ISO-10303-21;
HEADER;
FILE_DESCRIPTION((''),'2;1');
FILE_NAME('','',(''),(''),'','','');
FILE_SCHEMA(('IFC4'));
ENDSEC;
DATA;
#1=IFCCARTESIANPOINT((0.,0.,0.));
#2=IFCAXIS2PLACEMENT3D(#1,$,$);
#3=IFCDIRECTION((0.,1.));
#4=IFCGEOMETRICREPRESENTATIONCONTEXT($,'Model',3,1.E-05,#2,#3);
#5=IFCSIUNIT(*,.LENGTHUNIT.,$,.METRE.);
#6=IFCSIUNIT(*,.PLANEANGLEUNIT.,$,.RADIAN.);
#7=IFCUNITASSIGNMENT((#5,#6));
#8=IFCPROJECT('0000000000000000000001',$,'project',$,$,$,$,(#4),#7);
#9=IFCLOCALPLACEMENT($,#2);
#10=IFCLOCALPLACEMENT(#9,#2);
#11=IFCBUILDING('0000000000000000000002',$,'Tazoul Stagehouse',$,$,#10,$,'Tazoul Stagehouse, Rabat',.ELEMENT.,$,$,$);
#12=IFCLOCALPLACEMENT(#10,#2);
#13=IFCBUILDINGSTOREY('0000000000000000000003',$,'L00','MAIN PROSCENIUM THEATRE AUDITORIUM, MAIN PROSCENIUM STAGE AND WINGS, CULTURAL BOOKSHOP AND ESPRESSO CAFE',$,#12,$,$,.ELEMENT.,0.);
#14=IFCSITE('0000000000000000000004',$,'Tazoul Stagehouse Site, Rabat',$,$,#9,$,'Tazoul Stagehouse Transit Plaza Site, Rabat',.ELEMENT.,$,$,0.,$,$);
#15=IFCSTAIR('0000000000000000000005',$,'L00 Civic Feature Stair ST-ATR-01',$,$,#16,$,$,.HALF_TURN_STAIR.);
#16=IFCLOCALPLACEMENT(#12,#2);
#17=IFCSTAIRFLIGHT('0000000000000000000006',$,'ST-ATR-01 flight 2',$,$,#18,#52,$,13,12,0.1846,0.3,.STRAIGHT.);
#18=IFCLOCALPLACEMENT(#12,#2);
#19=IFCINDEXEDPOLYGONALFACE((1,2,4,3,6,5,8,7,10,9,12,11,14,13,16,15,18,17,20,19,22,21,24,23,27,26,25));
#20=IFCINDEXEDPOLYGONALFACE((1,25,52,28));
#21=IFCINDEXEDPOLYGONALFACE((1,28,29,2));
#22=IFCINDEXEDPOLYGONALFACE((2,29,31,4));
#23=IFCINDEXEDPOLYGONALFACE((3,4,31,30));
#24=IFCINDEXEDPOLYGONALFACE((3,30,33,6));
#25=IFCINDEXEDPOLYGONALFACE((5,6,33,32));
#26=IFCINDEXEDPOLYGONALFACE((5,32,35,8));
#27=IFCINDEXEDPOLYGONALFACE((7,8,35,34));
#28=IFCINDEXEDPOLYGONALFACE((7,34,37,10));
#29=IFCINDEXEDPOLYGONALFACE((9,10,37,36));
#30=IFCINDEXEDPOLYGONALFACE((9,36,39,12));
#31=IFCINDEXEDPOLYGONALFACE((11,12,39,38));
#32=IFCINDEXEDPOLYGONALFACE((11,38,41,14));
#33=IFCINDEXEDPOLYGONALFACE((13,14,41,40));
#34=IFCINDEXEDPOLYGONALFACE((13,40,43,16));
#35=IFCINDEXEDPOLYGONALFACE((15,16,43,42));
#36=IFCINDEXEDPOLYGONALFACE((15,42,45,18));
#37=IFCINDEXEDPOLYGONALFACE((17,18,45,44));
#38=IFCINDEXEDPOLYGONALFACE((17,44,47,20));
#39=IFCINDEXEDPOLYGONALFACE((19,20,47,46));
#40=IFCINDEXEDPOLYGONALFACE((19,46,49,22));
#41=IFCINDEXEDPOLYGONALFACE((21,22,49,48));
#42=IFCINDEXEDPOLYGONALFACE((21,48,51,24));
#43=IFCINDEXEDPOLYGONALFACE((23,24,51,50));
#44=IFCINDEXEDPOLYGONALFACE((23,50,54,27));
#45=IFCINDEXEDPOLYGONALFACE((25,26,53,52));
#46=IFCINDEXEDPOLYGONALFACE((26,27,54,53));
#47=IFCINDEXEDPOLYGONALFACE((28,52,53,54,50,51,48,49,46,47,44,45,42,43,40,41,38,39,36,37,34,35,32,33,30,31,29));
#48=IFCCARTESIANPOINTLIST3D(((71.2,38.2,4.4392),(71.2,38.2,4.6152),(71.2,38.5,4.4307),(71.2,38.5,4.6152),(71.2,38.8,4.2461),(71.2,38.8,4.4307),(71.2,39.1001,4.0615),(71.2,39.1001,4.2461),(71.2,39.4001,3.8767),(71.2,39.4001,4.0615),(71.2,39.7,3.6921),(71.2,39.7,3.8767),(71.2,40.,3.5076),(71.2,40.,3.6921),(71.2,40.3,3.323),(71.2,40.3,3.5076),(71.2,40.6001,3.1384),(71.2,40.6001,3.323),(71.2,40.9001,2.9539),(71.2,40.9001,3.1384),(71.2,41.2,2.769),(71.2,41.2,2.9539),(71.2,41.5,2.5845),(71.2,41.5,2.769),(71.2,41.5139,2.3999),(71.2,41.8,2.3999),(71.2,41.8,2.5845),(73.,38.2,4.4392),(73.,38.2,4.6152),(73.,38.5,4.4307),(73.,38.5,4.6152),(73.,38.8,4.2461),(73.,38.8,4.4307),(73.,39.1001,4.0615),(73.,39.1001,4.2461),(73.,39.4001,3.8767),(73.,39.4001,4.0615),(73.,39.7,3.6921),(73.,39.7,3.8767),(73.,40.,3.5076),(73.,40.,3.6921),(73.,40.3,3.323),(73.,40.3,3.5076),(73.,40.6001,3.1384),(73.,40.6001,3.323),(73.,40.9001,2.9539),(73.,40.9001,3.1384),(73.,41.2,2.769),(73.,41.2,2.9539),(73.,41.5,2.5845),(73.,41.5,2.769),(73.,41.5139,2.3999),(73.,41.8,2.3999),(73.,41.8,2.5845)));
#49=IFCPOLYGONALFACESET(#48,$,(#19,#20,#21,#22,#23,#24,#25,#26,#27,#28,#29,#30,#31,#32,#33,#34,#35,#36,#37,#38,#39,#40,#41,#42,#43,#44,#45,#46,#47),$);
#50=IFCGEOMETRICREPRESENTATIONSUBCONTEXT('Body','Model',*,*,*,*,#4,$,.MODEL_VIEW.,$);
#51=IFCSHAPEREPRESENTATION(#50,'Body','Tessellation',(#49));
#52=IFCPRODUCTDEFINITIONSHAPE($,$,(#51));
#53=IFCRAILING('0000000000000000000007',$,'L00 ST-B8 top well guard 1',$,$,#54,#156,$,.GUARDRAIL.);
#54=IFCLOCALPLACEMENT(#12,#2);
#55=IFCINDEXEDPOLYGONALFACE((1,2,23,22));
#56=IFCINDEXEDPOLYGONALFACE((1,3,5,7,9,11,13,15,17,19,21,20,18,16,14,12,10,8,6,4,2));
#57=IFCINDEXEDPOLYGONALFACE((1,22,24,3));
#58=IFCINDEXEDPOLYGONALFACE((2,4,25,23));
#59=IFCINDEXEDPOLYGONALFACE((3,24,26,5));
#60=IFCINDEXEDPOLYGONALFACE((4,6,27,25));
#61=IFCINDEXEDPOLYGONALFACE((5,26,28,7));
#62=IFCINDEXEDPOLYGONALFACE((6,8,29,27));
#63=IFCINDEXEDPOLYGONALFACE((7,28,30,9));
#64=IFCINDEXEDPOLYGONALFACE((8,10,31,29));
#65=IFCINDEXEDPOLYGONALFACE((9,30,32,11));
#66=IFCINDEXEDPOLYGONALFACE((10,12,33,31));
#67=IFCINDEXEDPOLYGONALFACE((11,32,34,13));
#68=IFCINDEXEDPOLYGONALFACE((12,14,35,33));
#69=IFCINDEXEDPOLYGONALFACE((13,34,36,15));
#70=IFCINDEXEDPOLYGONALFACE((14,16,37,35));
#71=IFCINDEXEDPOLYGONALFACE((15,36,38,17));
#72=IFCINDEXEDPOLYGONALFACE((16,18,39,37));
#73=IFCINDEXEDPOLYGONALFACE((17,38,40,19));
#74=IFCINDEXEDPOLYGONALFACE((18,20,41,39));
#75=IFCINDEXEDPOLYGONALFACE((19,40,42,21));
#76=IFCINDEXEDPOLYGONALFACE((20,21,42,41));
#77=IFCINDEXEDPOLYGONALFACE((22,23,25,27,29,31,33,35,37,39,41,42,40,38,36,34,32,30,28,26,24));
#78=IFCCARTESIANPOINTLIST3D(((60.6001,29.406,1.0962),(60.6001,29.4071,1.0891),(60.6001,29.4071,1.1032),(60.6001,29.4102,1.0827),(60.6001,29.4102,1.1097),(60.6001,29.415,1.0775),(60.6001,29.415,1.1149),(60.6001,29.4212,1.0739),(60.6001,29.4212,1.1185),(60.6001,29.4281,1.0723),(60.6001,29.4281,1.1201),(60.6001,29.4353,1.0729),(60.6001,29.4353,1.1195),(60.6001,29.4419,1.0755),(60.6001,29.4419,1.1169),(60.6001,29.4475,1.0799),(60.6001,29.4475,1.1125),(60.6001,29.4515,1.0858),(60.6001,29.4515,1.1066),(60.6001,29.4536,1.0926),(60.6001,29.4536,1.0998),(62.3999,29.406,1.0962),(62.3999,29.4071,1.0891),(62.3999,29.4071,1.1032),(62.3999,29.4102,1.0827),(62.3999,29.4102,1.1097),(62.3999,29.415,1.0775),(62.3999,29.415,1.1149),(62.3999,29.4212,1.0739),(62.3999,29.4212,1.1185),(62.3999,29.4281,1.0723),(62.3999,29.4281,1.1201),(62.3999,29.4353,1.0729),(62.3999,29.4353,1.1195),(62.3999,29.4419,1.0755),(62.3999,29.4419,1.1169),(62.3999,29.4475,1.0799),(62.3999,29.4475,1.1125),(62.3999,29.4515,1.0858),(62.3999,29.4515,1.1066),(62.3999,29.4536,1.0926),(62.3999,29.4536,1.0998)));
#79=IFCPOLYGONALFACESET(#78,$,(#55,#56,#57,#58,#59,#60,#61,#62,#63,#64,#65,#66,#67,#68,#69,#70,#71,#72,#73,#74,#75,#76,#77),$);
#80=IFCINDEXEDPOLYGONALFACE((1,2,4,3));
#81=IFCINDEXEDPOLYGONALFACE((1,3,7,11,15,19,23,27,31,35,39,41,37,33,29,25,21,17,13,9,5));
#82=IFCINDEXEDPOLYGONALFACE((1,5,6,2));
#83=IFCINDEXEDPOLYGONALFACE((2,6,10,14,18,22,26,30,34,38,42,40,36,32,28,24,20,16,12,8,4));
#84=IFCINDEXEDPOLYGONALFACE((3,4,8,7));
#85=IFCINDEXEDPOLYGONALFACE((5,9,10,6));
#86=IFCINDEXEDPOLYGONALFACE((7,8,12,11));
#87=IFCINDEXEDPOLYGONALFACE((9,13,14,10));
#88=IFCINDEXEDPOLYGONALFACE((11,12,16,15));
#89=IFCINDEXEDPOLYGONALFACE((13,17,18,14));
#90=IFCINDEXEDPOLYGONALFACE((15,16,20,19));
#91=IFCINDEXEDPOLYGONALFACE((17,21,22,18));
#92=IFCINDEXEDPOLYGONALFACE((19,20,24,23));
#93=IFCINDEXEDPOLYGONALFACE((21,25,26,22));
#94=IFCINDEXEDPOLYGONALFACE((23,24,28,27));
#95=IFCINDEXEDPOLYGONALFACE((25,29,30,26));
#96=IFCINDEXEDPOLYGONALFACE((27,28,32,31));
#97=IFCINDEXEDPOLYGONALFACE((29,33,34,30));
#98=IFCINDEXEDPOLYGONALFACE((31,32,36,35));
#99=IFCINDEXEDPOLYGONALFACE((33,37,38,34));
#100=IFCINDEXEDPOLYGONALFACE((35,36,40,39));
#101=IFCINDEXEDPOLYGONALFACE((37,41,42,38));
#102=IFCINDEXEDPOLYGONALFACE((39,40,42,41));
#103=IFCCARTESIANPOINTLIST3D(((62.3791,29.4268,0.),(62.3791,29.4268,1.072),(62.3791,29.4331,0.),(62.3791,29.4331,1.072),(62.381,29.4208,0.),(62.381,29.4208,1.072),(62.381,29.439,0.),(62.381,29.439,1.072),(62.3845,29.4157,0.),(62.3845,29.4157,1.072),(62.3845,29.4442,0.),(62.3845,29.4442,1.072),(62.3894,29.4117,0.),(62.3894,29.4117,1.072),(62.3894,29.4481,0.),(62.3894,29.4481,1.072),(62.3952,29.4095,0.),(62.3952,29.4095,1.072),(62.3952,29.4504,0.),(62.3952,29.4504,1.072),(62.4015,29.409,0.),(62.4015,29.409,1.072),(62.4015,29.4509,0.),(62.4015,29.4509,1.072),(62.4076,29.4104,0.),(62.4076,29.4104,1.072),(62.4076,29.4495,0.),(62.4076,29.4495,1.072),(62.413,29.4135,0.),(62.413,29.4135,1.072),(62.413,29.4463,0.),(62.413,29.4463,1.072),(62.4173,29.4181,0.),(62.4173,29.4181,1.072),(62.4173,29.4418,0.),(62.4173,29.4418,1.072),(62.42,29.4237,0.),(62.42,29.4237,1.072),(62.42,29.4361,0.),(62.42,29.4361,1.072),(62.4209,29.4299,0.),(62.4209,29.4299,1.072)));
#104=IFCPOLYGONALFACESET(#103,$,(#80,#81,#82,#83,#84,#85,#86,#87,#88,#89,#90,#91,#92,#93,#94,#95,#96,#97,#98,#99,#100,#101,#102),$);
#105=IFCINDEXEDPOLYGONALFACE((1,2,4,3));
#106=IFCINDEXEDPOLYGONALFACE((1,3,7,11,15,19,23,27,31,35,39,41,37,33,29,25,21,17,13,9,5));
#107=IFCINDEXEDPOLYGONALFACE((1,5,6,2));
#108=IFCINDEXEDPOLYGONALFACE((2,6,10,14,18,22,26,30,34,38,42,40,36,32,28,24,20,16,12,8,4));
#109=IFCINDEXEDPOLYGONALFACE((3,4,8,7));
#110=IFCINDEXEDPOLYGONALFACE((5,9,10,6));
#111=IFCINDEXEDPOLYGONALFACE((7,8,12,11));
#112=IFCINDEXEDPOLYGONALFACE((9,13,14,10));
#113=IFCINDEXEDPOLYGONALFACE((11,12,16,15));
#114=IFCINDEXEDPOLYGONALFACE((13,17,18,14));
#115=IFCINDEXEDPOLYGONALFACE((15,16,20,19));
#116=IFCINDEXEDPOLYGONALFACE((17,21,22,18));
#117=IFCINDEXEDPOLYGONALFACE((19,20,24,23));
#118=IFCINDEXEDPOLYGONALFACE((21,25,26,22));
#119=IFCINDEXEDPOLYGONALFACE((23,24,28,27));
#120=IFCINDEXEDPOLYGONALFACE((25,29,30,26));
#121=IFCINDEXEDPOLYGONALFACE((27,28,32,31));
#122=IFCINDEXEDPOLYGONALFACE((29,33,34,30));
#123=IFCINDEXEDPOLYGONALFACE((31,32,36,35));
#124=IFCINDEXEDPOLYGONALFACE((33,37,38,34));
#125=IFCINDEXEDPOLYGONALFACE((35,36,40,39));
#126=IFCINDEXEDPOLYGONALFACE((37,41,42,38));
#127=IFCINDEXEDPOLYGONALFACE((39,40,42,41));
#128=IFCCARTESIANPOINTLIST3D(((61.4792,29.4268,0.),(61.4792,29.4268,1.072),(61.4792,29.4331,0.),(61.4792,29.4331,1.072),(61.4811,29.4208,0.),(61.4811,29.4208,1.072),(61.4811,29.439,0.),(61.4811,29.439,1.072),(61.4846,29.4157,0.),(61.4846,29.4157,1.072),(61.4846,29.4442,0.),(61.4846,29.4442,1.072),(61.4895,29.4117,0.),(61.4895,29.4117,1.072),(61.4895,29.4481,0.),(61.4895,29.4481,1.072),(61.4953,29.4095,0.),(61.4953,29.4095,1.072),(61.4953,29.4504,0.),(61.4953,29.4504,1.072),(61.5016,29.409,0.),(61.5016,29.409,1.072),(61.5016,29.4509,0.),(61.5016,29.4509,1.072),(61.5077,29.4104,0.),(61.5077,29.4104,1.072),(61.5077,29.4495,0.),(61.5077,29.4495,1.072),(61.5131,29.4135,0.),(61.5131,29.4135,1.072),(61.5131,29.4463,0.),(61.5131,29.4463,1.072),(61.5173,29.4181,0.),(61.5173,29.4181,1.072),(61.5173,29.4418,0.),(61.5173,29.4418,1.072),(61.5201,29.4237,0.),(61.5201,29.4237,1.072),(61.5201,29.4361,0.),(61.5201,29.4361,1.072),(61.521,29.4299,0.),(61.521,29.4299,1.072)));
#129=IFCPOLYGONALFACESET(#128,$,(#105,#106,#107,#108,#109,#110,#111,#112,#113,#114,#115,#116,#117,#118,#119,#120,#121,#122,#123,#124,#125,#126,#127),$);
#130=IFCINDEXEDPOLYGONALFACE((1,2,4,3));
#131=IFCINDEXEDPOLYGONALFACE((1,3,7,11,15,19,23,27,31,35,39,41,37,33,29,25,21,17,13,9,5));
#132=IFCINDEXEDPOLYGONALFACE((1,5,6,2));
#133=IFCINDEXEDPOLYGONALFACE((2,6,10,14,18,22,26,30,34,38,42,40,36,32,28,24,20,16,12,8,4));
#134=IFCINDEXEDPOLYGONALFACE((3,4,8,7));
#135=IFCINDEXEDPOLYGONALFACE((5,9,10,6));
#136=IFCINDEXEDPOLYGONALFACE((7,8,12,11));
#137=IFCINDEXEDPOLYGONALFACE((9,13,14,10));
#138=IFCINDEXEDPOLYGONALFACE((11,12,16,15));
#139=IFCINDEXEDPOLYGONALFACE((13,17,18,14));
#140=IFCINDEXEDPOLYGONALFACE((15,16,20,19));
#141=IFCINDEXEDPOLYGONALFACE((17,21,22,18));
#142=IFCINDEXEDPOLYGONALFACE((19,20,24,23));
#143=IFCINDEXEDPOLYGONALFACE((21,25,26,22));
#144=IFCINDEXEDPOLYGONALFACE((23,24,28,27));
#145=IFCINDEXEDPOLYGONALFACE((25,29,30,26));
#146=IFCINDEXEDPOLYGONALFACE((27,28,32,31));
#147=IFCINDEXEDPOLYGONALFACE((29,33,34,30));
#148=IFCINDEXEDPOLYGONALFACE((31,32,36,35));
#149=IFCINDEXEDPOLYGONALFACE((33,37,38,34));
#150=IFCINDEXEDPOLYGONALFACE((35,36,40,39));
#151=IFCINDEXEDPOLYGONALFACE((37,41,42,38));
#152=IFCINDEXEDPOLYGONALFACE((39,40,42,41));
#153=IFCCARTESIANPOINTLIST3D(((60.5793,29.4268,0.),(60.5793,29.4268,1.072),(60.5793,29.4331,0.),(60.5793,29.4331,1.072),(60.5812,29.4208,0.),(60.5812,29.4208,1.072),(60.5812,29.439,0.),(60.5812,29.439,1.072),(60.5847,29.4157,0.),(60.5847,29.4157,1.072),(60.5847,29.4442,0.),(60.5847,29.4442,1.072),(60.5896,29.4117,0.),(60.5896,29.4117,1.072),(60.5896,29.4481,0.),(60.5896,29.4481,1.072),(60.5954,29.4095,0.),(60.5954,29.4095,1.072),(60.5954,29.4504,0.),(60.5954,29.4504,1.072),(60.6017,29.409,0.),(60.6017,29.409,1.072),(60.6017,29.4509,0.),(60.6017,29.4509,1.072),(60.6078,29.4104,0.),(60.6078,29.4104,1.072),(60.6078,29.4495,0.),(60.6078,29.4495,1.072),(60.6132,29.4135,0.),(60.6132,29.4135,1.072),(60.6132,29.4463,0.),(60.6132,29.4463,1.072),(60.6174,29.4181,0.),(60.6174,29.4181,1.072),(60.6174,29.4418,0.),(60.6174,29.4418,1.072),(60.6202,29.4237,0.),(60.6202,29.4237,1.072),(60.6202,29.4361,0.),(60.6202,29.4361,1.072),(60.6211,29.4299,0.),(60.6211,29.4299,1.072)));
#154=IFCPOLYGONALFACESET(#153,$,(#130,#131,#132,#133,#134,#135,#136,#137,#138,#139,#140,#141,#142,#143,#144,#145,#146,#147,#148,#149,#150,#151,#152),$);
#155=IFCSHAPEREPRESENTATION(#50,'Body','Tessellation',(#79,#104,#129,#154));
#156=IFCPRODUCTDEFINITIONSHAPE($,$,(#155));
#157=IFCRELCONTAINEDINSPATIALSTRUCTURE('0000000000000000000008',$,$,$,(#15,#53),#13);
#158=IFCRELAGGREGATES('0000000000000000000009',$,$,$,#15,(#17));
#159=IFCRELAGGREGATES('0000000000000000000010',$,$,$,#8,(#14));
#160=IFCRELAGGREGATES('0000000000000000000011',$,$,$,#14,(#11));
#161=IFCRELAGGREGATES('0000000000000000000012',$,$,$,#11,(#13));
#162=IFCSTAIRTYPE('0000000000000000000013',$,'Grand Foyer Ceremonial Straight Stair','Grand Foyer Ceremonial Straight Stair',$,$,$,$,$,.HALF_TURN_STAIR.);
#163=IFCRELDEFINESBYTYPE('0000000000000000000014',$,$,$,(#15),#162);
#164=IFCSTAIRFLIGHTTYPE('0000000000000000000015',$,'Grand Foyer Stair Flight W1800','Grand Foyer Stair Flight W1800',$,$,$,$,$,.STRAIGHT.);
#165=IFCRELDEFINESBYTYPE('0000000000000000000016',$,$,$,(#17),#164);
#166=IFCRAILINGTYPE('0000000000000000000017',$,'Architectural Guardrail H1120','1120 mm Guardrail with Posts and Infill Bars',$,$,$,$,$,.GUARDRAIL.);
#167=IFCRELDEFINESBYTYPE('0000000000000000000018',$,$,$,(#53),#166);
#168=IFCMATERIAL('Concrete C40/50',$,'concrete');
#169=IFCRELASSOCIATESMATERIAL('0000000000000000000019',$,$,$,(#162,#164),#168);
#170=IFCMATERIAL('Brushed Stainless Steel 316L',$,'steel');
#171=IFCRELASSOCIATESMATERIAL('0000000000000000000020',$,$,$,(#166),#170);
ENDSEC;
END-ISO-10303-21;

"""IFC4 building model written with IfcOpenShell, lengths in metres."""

from ifc_helpers import new_model, si_unit, direction, frame, origin, origin_2d, place, context, subcontext, project, spatial, polyline, circle, outline, extrude, material, material_profile, profile_set, type_object, element, aggregate, save


model = new_model("IFC4")

# Units and contexts
model_context = context("Model", 3, precision=1e-05, world=origin(), true_north=direction((0.0, 1.0)))
body_context = subcontext(model_context, "Body", "Model", "MODEL_VIEW")
ifc_project = project(units=[si_unit("LENGTHUNIT", "METRE"), si_unit("PLANEANGLEUNIT", "RADIAN")], contexts=[model_context])

# Site, building, storey
site_placement = place(None, origin())
site = spatial("IfcSite", under=ifc_project, at=site_placement, Name="Tazoul Stagehouse Site, Rabat", LongName="Tazoul Stagehouse Transit Plaza Site, Rabat", CompositionType="ELEMENT", RefElevation=0.0)
building_placement = place(site_placement, origin())
building = spatial("IfcBuilding", under=site, at=building_placement, Name="Tazoul Stagehouse", LongName="Tazoul Stagehouse, Rabat", CompositionType="ELEMENT")
storey_placement = place(building_placement, origin())
storey = spatial("IfcBuildingStorey", under=building, at=storey_placement, Name="L00", Description="MAIN PROSCENIUM THEATRE AUDITORIUM, MAIN PROSCENIUM STAGE AND WINGS, CULTURAL BOOKSHOP AND ESPRESSO CAFE", CompositionType="ELEMENT", Elevation=0.0)

# Shared definitions
ifc_material_1 = material(Name="Concrete C40/50", Category="concrete")

# Stair, stair flight
stair_type = type_object("IfcStairType", Name="Grand Foyer Ceremonial Straight Stair", Description="Grand Foyer Ceremonial Straight Stair", PredefinedType="HALF_TURN_STAIR", material=ifc_material_1)
stair_placement = place(storey_placement, origin())
stair = element("IfcStair", 1, at=stair_placement, inside=storey, type_object=stair_type, Name="L00 Civic Feature Stair ST-ATR-01", PredefinedType="HALF_TURN_STAIR")
stair_flight_type = type_object("IfcStairFlightType", Name="Grand Foyer Stair Flight W1800", Description="Grand Foyer Stair Flight W1800", PredefinedType="STRAIGHT", material=ifc_material_1)
stair_flight_1_placement = place(storey_placement, frame((72.1001, 41.8, 2.3999), z_axis=(0.0, 0.0, 1.0), x_axis=(0.0, -1.0, 0.0)))
stair_flight_1 = element("IfcStairFlight", 2, at=stair_flight_1_placement, type_object=stair_flight_type, Name="ST-ATR-01 flight 2", NumberOfRisers=13, NumberOfTreads=12, PredefinedType="STRAIGHT", RiserHeight=0.1846, TreadLength=0.3, context=body_context, shape_type="SweptSolid", body=[
    extrude(outline(polyline([(0.0, 0.0), (0.0, 0.1846), (0.3, 0.1846), (0.3, 0.3691), (0.6001, 0.3691), (0.6001, 0.554), (0.8999, 0.554), (0.8999, 0.7385), (1.2, 0.7385), (1.2, 0.9231), (1.5, 0.9231), (1.5, 1.1077), (1.8, 1.1077), (1.8, 1.2922), (2.1001, 1.2922), (2.1001, 1.4768), (2.3999, 1.4768), (2.3999, 1.6616), (2.7, 1.6616), (2.7, 1.8462), (3.0, 1.8462), (3.0, 2.0308), (3.3, 2.0308), (3.3, 2.2153), (3.6001, 2.2153), (3.6001, 2.3999), (3.6001, 2.0393), (0.2861, 0.0), (0.0, 0.0)])), frame((0.0, 0.8999, 0.0), z_axis=(0.0, -1.0, 0.0), x_axis=(1.0, 0.0, 0.0)), (0.0, 0.0, 1.0), 1.8),
])
aggregate(stair, [stair_flight_1])

# Railing
ifc_material_2 = material(Name="Brushed Stainless Steel 316L", Category="steel")
ifc_material_profile_1 = material_profile(ifc_material_2, circle(Radius=0.0239, at=origin_2d()), Name="SS RAIL D48")
ifc_profile_set_1 = profile_set([ifc_material_profile_1], Name="Brushed Stainless Steel 316L")
railing_type_1 = type_object("IfcRailingType", Name="Architectural Guardrail H1120", Description="1120 mm Guardrail with Posts and Infill Bars", PredefinedType="GUARDRAIL", material=ifc_profile_set_1)
railing_1_placement = place(storey_placement, frame((62.3999, 29.4299, 0.0)))
element("IfcRailing", 3, at=railing_1_placement, inside=storey, type_object=railing_type_1, Name="L00 ST-B8 top well guard 1", PredefinedType="GUARDRAIL", context=body_context, shape_type="SweptSolid", body=[
    extrude(circle(Radius=0.0239, at=origin_2d()), frame((0.0, 0.0, 1.0962), z_axis=(-1.0, 0.0, 0.0), x_axis=(0.0, -1.0, 0.0)), (0.0, 0.0, 1.0), 1.7998),
    extrude(circle(Radius=0.021, at=origin_2d()), origin(), (0.0, 0.0, 1.0), 1.072),
    extrude(circle(Radius=0.021, at=origin_2d()), frame((-0.8999, 0.0, 0.0)), (0.0, 0.0, 1.0), 1.072),
    extrude(circle(Radius=0.021, at=origin_2d()), frame((-1.7998, 0.0, 0.0)), (0.0, 0.0, 1.0), 1.072),
])

save(model, "model.ifc")
